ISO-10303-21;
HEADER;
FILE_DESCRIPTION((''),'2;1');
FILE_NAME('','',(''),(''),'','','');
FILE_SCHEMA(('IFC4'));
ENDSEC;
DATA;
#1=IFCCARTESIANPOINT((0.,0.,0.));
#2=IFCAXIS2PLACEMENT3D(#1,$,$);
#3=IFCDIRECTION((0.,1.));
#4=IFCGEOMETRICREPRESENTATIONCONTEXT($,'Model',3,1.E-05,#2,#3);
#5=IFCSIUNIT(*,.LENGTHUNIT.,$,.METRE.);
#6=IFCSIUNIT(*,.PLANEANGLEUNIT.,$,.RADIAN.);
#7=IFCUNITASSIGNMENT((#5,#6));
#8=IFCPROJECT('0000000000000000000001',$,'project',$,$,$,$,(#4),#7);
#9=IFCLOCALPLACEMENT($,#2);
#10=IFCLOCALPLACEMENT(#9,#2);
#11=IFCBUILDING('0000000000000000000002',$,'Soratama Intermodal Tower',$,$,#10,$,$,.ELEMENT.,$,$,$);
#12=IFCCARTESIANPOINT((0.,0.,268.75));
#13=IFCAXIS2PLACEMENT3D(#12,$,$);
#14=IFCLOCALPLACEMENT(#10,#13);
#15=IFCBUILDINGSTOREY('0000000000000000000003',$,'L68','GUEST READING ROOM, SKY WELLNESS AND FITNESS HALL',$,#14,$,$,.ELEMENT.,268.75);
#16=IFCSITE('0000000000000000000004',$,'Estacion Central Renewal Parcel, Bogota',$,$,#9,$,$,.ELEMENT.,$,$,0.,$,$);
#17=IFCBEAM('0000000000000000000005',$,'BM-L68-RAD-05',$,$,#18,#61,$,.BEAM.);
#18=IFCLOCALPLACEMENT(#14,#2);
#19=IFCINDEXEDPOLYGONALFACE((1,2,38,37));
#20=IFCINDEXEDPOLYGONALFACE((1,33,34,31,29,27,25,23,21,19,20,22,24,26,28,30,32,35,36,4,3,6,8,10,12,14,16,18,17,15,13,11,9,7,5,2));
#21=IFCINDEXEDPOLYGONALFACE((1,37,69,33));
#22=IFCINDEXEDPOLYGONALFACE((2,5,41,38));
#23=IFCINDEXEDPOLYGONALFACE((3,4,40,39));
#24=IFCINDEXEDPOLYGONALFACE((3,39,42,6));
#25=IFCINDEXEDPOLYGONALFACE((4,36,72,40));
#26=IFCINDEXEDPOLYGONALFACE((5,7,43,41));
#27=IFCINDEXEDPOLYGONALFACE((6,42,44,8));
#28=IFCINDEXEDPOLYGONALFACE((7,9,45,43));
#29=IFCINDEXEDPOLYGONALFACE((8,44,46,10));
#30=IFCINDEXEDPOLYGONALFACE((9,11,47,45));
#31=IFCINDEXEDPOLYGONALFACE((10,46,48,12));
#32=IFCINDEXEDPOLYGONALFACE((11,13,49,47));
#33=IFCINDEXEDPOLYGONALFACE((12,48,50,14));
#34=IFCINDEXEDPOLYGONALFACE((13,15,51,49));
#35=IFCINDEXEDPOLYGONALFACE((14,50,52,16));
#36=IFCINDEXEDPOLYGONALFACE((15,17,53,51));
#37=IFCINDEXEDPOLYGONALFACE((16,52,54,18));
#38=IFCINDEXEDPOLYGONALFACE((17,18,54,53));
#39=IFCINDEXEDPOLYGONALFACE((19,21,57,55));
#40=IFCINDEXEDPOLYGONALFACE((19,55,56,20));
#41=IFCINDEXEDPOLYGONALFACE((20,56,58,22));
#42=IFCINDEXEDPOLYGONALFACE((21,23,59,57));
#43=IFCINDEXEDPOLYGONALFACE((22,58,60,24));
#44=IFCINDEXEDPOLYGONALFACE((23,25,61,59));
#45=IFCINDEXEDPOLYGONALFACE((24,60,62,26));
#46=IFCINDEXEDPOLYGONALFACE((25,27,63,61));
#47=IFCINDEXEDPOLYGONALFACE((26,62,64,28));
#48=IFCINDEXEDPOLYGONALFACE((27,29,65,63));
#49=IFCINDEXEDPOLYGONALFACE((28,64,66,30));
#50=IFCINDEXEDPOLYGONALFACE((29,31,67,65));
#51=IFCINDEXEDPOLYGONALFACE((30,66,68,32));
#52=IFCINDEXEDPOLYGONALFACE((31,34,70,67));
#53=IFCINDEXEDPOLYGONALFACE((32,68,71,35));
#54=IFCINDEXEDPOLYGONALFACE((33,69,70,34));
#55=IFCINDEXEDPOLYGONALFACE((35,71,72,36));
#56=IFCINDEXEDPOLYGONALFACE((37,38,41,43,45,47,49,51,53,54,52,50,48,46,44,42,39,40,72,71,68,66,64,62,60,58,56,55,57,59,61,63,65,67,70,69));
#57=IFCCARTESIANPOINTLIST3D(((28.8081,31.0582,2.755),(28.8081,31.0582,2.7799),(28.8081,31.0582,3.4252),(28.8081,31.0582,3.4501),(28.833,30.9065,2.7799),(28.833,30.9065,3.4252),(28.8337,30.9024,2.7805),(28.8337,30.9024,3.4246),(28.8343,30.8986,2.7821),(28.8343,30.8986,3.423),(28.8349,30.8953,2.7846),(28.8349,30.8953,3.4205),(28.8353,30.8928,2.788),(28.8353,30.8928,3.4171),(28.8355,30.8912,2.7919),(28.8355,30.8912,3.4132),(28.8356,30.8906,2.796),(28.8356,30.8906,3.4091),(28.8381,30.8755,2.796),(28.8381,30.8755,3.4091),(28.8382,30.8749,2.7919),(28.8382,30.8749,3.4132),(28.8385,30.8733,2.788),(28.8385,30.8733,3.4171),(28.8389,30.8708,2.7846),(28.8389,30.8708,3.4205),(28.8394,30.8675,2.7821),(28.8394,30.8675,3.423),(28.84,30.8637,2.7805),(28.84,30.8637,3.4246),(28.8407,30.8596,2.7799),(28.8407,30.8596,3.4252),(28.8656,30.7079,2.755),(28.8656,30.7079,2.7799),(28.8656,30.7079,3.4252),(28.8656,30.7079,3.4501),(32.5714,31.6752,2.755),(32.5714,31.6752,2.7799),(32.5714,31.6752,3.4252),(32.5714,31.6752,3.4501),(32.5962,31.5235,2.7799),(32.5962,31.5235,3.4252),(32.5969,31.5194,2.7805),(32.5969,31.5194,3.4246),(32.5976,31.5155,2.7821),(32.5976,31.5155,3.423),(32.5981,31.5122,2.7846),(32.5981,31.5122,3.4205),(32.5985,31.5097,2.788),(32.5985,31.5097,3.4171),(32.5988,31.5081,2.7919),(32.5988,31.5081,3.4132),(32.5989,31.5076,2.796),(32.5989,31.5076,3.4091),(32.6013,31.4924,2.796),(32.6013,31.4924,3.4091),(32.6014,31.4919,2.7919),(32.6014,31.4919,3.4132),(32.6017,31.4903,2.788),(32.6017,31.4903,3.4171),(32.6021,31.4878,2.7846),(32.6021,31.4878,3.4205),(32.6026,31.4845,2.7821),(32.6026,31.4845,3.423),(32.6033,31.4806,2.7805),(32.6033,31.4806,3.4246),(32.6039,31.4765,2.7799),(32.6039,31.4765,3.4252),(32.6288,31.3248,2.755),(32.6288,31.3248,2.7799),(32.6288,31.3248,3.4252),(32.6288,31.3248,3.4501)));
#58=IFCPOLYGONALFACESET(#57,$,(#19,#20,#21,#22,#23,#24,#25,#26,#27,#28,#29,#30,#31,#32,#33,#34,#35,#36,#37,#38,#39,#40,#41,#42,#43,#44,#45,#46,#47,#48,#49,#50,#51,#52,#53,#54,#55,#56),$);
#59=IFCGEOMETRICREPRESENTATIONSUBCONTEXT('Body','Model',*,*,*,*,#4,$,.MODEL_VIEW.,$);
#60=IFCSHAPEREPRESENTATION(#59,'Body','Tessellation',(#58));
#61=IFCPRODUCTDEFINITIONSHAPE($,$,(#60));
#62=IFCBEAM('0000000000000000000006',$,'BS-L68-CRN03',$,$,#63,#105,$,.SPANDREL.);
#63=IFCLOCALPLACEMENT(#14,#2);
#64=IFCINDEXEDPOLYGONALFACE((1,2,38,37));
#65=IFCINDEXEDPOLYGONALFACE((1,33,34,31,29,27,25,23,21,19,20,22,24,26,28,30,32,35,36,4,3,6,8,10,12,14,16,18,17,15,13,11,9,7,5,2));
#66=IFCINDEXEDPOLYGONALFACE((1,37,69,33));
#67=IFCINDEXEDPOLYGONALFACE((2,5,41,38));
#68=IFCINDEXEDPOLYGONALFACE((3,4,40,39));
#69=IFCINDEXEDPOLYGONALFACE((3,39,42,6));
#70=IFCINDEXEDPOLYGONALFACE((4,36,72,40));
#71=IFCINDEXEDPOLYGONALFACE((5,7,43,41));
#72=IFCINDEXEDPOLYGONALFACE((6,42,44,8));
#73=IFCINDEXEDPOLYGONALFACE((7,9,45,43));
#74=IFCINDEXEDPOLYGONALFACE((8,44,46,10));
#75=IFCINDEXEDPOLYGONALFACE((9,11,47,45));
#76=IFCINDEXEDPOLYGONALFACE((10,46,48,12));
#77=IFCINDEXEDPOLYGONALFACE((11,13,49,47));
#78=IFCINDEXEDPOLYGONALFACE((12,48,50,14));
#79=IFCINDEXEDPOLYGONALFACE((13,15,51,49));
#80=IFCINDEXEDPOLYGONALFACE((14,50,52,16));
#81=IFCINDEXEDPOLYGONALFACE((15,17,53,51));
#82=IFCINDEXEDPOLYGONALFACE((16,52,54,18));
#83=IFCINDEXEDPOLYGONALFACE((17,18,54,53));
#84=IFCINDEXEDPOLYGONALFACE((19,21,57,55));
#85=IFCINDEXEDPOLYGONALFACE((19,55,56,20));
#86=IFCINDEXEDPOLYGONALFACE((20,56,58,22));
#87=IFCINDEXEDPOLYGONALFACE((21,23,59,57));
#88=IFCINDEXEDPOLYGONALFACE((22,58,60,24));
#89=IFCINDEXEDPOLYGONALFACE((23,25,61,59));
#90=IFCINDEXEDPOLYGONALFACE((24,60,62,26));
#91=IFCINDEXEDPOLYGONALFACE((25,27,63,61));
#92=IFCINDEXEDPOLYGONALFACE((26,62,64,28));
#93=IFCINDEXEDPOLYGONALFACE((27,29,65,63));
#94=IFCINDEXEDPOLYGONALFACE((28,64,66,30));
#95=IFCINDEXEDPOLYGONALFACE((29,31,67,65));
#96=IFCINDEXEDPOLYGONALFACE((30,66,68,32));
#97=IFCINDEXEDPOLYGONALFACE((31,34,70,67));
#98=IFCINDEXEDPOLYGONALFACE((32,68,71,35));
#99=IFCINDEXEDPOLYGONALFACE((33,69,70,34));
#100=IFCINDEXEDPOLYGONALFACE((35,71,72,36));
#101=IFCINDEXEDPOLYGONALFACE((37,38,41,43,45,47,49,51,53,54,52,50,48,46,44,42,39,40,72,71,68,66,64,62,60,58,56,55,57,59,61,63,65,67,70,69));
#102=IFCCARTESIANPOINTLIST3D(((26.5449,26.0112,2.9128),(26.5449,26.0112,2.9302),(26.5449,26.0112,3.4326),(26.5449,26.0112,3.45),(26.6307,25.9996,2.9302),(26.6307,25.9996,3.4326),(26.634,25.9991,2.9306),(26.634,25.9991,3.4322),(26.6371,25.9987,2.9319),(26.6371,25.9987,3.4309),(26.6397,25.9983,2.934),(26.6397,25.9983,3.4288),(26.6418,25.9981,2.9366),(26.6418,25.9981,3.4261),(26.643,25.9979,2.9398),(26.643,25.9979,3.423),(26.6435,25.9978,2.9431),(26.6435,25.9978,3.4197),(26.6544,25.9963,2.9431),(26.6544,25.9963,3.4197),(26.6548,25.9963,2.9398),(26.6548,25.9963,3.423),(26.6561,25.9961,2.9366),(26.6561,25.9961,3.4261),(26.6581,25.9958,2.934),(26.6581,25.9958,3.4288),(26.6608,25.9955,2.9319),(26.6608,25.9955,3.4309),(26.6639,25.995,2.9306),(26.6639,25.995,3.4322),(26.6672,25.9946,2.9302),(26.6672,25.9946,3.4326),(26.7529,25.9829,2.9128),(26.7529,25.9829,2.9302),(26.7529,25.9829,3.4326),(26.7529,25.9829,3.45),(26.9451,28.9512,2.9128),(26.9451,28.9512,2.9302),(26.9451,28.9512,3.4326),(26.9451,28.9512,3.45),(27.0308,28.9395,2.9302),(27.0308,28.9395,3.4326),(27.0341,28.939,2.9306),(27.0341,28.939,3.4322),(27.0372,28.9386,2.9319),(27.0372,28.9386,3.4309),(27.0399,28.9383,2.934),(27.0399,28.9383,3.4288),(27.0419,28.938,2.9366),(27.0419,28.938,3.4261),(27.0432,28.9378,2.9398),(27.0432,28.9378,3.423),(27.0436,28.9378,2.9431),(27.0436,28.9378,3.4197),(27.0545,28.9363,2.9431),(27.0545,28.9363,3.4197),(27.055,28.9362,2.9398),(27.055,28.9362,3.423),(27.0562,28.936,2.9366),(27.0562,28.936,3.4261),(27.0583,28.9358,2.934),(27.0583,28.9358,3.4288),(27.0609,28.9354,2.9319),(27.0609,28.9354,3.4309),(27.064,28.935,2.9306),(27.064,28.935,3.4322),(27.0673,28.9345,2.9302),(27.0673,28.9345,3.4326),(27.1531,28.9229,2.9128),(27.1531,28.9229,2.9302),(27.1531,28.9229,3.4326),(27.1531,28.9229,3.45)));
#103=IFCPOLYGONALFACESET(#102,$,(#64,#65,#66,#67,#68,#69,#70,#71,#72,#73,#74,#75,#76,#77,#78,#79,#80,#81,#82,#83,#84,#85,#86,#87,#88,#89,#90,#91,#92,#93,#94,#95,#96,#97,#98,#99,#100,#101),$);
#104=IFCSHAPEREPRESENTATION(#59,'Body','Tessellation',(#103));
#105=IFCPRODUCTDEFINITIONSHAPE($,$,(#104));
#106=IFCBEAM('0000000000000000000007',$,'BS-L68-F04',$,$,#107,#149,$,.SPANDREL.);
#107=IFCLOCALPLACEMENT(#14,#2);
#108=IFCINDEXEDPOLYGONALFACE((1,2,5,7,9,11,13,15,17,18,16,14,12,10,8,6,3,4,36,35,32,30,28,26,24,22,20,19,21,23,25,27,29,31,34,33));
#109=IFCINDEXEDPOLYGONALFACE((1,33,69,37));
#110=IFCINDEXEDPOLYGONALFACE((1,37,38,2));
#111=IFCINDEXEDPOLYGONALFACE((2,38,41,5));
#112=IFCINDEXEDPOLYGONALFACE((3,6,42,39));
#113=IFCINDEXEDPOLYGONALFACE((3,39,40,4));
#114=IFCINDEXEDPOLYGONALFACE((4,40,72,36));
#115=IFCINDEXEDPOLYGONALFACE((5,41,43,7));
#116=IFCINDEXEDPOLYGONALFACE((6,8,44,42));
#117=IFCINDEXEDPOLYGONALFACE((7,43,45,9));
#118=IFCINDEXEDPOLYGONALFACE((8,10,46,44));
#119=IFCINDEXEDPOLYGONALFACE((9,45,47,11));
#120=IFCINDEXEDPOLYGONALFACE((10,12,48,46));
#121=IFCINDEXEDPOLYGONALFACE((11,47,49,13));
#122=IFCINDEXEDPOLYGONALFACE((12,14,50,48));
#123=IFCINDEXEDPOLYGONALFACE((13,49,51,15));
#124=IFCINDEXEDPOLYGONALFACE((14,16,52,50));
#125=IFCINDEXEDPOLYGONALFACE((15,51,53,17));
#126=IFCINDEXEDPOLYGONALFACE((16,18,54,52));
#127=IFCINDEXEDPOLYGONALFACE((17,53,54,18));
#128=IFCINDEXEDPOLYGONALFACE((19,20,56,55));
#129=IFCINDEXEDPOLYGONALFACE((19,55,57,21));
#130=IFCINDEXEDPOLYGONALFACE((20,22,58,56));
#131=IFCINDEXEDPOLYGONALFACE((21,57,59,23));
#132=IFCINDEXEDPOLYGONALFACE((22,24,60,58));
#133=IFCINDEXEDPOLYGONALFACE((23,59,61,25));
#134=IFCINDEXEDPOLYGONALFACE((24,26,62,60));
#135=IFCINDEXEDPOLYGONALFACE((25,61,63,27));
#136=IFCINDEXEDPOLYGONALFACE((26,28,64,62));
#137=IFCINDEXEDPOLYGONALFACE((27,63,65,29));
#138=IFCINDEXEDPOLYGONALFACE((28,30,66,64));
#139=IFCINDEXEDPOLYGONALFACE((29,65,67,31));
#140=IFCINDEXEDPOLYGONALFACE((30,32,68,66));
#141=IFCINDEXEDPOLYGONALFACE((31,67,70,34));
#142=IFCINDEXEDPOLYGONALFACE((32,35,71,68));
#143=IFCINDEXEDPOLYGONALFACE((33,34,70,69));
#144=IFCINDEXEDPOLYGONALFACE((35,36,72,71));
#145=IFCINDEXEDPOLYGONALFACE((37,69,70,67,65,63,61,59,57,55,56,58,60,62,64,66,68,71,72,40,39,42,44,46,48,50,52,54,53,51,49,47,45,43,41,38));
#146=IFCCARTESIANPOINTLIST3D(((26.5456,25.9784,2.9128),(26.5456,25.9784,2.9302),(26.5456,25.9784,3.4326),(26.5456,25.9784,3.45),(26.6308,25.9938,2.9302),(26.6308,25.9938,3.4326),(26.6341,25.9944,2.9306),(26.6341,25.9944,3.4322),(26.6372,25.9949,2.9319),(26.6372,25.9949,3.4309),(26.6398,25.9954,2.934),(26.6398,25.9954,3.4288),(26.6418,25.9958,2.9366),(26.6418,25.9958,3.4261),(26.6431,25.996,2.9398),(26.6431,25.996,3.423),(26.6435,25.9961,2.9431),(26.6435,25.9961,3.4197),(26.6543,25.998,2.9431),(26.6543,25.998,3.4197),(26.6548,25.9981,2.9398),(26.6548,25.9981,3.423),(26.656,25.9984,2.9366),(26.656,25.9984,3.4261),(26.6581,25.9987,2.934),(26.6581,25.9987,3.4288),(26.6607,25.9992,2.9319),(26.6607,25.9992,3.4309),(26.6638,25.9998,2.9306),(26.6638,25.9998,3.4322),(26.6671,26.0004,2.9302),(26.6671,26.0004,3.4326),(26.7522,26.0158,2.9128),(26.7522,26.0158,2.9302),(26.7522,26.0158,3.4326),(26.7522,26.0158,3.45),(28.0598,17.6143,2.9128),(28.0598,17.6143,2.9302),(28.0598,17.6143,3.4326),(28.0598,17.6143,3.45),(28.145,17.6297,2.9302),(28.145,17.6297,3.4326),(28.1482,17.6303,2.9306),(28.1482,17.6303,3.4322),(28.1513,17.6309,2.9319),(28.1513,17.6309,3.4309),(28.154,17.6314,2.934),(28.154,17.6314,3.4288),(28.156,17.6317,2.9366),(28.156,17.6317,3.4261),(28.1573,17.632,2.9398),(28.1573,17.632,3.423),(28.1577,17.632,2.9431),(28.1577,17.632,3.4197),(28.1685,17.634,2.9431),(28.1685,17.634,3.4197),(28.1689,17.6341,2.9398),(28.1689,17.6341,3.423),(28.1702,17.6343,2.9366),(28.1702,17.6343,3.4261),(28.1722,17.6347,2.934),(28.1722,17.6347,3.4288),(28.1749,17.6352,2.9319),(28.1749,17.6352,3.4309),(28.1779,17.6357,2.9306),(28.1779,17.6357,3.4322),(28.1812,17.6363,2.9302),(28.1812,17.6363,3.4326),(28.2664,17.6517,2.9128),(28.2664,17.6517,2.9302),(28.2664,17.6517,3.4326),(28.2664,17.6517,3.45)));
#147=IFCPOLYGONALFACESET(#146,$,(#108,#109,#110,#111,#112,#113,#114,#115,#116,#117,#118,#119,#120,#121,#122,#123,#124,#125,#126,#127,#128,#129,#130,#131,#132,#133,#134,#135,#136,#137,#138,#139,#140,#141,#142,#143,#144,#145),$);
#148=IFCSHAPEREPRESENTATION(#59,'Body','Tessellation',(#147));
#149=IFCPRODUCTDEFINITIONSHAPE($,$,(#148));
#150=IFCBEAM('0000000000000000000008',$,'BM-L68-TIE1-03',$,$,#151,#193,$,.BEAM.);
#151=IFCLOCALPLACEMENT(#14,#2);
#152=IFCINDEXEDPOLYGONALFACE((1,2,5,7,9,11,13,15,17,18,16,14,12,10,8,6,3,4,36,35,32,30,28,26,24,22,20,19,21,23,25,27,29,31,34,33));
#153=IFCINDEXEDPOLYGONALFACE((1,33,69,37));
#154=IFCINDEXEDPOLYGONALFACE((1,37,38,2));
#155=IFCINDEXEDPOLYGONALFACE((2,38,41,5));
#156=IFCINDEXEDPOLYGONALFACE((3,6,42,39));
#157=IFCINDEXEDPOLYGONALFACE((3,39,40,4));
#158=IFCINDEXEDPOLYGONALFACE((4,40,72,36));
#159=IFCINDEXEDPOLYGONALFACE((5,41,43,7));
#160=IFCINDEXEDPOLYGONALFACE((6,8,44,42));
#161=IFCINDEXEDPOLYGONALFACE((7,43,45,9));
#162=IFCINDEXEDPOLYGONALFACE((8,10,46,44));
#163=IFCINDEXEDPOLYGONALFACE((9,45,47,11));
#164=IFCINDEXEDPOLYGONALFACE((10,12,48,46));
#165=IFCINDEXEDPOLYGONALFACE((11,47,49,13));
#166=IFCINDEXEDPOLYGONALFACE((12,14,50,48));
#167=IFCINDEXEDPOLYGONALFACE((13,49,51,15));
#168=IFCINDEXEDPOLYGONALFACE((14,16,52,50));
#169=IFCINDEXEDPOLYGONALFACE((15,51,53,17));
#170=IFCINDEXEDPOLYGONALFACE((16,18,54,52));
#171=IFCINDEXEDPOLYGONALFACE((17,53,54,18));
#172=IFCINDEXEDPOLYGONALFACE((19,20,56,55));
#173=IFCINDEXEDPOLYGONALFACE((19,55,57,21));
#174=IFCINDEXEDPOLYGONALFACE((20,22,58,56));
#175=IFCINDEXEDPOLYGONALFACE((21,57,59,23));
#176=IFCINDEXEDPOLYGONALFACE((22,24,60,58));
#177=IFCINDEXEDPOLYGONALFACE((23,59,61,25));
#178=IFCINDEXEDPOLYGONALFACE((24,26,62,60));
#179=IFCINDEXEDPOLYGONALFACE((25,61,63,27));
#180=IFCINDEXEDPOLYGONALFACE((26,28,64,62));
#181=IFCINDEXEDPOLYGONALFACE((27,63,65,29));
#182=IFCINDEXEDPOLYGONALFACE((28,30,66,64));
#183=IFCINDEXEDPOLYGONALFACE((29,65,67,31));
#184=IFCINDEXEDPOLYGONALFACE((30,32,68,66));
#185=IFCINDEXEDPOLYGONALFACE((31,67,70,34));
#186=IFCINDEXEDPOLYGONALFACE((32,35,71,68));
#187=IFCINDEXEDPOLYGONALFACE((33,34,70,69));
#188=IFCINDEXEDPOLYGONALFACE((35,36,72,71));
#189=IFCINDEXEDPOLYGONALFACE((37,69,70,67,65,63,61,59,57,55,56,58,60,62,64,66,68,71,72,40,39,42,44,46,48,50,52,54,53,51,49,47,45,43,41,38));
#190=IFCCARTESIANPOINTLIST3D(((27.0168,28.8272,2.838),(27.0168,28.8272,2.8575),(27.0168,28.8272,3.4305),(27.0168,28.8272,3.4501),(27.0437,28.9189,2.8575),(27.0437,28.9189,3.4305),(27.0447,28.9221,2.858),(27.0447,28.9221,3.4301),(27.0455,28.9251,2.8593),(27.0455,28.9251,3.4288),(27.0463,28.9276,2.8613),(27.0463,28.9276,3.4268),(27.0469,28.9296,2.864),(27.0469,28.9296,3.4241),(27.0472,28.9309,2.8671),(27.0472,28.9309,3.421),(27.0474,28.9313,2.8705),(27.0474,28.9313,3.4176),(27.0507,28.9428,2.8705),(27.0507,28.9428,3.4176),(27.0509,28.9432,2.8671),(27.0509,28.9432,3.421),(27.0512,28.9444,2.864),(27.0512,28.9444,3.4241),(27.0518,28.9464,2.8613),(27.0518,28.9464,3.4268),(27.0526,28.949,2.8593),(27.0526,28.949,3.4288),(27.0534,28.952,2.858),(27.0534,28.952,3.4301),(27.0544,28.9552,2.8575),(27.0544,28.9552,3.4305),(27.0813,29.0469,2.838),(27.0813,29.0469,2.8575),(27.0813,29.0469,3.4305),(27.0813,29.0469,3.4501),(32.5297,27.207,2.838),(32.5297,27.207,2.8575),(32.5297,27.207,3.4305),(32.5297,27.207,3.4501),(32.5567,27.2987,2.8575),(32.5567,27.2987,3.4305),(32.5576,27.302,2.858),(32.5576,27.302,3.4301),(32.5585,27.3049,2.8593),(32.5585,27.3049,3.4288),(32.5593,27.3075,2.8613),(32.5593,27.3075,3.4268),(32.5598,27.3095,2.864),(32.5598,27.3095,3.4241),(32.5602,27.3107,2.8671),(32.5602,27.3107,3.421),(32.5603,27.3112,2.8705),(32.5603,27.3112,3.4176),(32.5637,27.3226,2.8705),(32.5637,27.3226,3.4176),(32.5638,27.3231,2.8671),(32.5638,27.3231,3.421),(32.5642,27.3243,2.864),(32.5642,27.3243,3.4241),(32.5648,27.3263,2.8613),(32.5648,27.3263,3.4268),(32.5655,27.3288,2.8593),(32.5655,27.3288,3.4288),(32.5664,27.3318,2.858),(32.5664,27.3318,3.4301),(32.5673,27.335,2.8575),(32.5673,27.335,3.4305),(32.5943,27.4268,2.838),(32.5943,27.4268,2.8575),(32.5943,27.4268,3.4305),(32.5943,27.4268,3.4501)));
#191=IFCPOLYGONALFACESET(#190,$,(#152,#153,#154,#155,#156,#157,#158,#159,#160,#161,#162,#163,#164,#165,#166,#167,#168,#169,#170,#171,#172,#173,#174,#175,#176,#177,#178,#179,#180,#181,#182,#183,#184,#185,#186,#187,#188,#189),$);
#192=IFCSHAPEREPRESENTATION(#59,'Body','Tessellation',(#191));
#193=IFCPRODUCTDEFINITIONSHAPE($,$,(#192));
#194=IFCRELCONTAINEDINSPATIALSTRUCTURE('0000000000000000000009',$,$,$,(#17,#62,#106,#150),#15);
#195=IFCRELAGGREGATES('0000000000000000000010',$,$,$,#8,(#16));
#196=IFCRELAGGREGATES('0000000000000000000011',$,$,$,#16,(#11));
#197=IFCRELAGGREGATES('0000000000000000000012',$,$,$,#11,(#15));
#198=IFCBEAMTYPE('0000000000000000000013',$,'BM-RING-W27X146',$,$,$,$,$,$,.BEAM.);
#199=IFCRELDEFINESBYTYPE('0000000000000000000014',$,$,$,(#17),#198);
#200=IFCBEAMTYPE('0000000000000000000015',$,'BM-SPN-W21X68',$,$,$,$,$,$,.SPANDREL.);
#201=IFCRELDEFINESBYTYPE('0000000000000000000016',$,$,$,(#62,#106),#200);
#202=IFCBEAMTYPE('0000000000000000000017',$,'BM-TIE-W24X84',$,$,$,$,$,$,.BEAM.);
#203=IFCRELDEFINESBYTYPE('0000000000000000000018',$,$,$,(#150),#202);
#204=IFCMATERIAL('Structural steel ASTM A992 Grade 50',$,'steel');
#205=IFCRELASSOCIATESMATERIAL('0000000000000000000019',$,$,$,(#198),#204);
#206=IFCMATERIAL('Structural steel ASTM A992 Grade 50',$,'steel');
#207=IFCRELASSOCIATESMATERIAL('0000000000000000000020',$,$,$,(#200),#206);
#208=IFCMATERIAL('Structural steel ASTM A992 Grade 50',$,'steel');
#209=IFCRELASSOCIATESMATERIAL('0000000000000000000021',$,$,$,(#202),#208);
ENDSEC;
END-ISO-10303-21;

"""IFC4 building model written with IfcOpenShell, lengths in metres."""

from ifc_helpers import new_model, si_unit, direction, frame, origin, origin_2d, place, context, subcontext, project, spatial, i_section, extrude, material, material_profile, profile_set, type_object, element, save


model = new_model("IFC4")

# Units and contexts
model_context = context("Model", 3, precision=1e-05, world=origin(), true_north=direction((0.0, 1.0)))
body_context = subcontext(model_context, "Body", "Model", "MODEL_VIEW")
ifc_project = project(units=[si_unit("LENGTHUNIT", "METRE"), si_unit("PLANEANGLEUNIT", "RADIAN")], contexts=[model_context])

# Site, building, storey
site_placement = place(None, origin())
site = spatial("IfcSite", under=ifc_project, at=site_placement, Name="Estacion Central Renewal Parcel, Bogota", CompositionType="ELEMENT", RefElevation=0.0)
building_placement = place(site_placement, origin())
building = spatial("IfcBuilding", under=site, at=building_placement, Name="Soratama Intermodal Tower", CompositionType="ELEMENT")
storey_placement = place(building_placement, frame((0.0, 0.0, 268.75)))
storey = spatial("IfcBuildingStorey", under=building, at=storey_placement, Name="L68", Description="GUEST READING ROOM, SKY WELLNESS AND FITNESS HALL", CompositionType="ELEMENT", Elevation=268.75)

# Beams
ifc_material_1 = material(Name="Structural steel ASTM A992 Grade 50", Category="steel")
ifc_material_profile_1 = material_profile(ifc_material_1, i_section(OverallWidth=0.355, OverallDepth=0.6951, WebThickness=0.0154, FlangeThickness=0.0249, FilletRadius=0.0161, at=origin_2d()), Name="W27X146")
ifc_profile_set_1 = profile_set([ifc_material_profile_1], Name="Structural steel ASTM A992 Grade 50")
beam_type_1 = type_object("IfcBeamType", Name="BM-RING-W27X146", PredefinedType="BEAM", material=ifc_profile_set_1)
beam_1_placement = place(storey_placement, frame((32.6001, 31.5, 3.1025), z_axis=(-0.986826, -0.161782, 0.0), x_axis=(0.161782, -0.986826, 0.0)))
element("IfcBeam", 1, at=beam_1_placement, inside=storey, type_object=beam_type_1, Name="BM-L68-RAD-05", PredefinedType="BEAM", context=body_context, shape_type="SweptSolid", body=[
    extrude(i_section(OverallWidth=0.355, OverallDepth=0.6951, WebThickness=0.0154, FlangeThickness=0.0249, FilletRadius=0.0161, at=origin_2d()), origin(), (0.0, 0.0, 1.0), 3.8135),
])
ifc_material_2 = material(Name="Structural steel ASTM A992 Grade 50", Category="steel")
ifc_material_profile_2 = material_profile(ifc_material_2, i_section(OverallWidth=0.21, OverallDepth=0.5371, WebThickness=0.011, FlangeThickness=0.0173, FilletRadius=0.0129, at=origin_2d()), Name="W21X68")
ifc_profile_set_2 = profile_set([ifc_material_profile_2], Name="Structural steel ASTM A992 Grade 50")
beam_type_2 = type_object("IfcBeamType", Name="BM-SPN-W21X68", PredefinedType="SPANDREL", material=ifc_profile_set_2)
beam_2_placement = place(storey_placement, frame((27.0491, 28.937, 3.1814), z_axis=(-0.134864, -0.990864, 0.0), x_axis=(0.990864, -0.134864, 0.0)))
element("IfcBeam", 2, at=beam_2_placement, inside=storey, type_object=beam_type_2, Name="BS-L68-CRN03", PredefinedType="SPANDREL", context=body_context, shape_type="SweptSolid", body=[
    extrude(i_section(OverallWidth=0.21, OverallDepth=0.5371, WebThickness=0.011, FlangeThickness=0.0173, FilletRadius=0.0129, at=origin_2d()), origin(), (0.0, 0.0, 1.0), 2.967),
])
beam_3_placement = place(storey_placement, frame((26.6489, 25.9971, 3.1814), z_axis=(0.178137, -0.984006, 0.0), x_axis=(0.984006, 0.178137, 0.0)))
element("IfcBeam", 3, at=beam_3_placement, inside=storey, type_object=beam_type_2, Name="BS-L68-F04", PredefinedType="SPANDREL", context=body_context, shape_type="SweptSolid", body=[
    extrude(i_section(OverallWidth=0.21, OverallDepth=0.5371, WebThickness=0.011, FlangeThickness=0.0173, FilletRadius=0.0129, at=origin_2d()), origin(), (0.0, 0.0, 1.0), 8.5),
])
ifc_material_3 = material(Name="Structural steel ASTM A992 Grade 50", Category="steel")
ifc_material_profile_3 = material_profile(ifc_material_3, i_section(OverallWidth=0.229, OverallDepth=0.6121, WebThickness=0.012, FlangeThickness=0.0195, FilletRadius=0.0129, at=origin_2d()), Name="W24X84")
ifc_profile_set_3 = profile_set([ifc_material_profile_3], Name="Structural steel ASTM A992 Grade 50")
beam_type_3 = type_object("IfcBeamType", Name="BM-TIE-W24X84", PredefinedType="BEAM", material=ifc_profile_set_3)
beam_4_placement = place(storey_placement, frame((32.562, 27.3169, 3.144), z_axis=(-0.959428, 0.281952, 0.0), x_axis=(-0.281952, -0.959428, 0.0)))
element("IfcBeam", 4, at=beam_4_placement, inside=storey, type_object=beam_type_3, Name="BM-L68-TIE1-03", PredefinedType="BEAM", context=body_context, shape_type="SweptSolid", body=[
    extrude(i_section(OverallWidth=0.229, OverallDepth=0.6121, WebThickness=0.012, FlangeThickness=0.0195, FilletRadius=0.0129, at=origin_2d()), origin(), (0.0, 0.0, 1.0), 5.7461),
])

save(model, "model.ifc")
